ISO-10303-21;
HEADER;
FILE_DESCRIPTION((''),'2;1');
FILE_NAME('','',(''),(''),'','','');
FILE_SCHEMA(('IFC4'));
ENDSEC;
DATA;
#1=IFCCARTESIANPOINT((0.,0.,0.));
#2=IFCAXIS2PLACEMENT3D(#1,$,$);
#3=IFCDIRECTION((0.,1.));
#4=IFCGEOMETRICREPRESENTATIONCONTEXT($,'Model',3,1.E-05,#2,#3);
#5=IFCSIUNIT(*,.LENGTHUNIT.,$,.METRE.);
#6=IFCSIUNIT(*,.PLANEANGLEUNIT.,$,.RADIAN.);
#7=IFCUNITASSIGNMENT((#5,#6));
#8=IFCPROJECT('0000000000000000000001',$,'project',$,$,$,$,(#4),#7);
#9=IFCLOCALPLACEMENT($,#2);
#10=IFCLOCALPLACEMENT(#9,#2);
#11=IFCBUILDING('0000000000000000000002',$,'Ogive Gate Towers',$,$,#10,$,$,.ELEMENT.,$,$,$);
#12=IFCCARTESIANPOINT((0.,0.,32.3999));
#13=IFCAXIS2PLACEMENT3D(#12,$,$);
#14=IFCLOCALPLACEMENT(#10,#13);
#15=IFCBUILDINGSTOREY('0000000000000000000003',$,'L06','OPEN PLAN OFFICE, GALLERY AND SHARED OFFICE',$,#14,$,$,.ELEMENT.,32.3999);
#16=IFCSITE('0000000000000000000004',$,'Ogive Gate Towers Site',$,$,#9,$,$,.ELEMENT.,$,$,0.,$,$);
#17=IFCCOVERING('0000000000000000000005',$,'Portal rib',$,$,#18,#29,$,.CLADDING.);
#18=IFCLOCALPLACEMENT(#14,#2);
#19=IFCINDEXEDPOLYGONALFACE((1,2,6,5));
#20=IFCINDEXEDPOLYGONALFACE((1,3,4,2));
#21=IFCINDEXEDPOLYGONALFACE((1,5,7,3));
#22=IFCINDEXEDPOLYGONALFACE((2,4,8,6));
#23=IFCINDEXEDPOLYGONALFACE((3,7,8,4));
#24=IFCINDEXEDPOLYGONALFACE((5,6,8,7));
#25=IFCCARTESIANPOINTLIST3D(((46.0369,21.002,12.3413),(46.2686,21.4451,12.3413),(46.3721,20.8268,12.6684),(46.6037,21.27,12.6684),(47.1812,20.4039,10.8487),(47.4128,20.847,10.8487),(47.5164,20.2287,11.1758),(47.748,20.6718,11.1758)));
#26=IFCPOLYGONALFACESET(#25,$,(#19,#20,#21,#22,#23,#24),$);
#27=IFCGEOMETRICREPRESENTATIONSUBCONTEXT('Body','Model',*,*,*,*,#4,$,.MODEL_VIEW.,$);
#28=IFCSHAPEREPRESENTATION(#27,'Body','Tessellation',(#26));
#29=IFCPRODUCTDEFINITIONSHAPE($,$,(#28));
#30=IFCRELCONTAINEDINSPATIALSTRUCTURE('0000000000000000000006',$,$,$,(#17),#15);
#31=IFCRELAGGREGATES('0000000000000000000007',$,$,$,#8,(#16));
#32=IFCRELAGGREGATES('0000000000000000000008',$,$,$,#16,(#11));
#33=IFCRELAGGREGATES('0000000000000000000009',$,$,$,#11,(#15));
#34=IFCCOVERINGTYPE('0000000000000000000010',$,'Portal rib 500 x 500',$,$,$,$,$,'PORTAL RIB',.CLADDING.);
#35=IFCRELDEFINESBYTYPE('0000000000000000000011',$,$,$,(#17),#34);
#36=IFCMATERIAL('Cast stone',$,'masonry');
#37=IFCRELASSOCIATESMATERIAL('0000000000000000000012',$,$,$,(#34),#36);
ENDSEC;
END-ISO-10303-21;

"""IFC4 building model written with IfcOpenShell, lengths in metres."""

from ifc_helpers import new_model, si_unit, direction, frame, origin, origin_2d, place, context, subcontext, project, spatial, rectangle, extrude, material, material_profile, profile_set, type_object, element, save


model = new_model("IFC4")

# Units and contexts
model_context = context("Model", 3, precision=1e-05, world=origin(), true_north=direction((0.0, 1.0)))
body_context = subcontext(model_context, "Body", "Model", "MODEL_VIEW")
ifc_project = project(units=[si_unit("LENGTHUNIT", "METRE"), si_unit("PLANEANGLEUNIT", "RADIAN")], contexts=[model_context])

# Site, building, storey
site_placement = place(None, origin())
site = spatial("IfcSite", under=ifc_project, at=site_placement, Name="Ogive Gate Towers Site", CompositionType="ELEMENT", RefElevation=0.0)
building_placement = place(site_placement, origin())
building = spatial("IfcBuilding", under=site, at=building_placement, Name="Ogive Gate Towers", CompositionType="ELEMENT")
storey_placement = place(building_placement, frame((0.0, 0.0, 32.3999)))
storey = spatial("IfcBuildingStorey", under=building, at=storey_placement, Name="L06", Description="OPEN PLAN OFFICE, GALLERY AND SHARED OFFICE", CompositionType="ELEMENT", Elevation=32.3999)

# Covering
ifc_material_1 = material(Name="Cast stone", Category="masonry")
ifc_material_profile_1 = material_profile(ifc_material_1, rectangle(XDim=0.5, YDim=0.5, at=origin_2d()), Name="500 x 500 cast stone")
ifc_profile_set_1 = profile_set([ifc_material_profile_1], Name="Cast stone")
covering_type = type_object("IfcCoveringType", Name="Portal rib 500 x 500", ElementType="PORTAL RIB", PredefinedType="CLADDING", material=ifc_profile_set_1)
covering_1_placement = place(storey_placement, frame((47.4646, 20.5378, 11.0122), z_axis=(-0.579785, 0.303067, 0.756306), x_axis=(-0.463251, -0.886227, 0.0)))
element("IfcCovering", 1, at=covering_1_placement, inside=storey, type_object=covering_type, Name="Portal rib", PredefinedType="CLADDING", context=body_context, shape_type="SweptSolid", body=[
    extrude(rectangle(XDim=0.5, YDim=0.5, at=origin_2d()), origin(), (0.0, 0.0, 1.0), 1.9736),
])

save(model, "model.ifc")
